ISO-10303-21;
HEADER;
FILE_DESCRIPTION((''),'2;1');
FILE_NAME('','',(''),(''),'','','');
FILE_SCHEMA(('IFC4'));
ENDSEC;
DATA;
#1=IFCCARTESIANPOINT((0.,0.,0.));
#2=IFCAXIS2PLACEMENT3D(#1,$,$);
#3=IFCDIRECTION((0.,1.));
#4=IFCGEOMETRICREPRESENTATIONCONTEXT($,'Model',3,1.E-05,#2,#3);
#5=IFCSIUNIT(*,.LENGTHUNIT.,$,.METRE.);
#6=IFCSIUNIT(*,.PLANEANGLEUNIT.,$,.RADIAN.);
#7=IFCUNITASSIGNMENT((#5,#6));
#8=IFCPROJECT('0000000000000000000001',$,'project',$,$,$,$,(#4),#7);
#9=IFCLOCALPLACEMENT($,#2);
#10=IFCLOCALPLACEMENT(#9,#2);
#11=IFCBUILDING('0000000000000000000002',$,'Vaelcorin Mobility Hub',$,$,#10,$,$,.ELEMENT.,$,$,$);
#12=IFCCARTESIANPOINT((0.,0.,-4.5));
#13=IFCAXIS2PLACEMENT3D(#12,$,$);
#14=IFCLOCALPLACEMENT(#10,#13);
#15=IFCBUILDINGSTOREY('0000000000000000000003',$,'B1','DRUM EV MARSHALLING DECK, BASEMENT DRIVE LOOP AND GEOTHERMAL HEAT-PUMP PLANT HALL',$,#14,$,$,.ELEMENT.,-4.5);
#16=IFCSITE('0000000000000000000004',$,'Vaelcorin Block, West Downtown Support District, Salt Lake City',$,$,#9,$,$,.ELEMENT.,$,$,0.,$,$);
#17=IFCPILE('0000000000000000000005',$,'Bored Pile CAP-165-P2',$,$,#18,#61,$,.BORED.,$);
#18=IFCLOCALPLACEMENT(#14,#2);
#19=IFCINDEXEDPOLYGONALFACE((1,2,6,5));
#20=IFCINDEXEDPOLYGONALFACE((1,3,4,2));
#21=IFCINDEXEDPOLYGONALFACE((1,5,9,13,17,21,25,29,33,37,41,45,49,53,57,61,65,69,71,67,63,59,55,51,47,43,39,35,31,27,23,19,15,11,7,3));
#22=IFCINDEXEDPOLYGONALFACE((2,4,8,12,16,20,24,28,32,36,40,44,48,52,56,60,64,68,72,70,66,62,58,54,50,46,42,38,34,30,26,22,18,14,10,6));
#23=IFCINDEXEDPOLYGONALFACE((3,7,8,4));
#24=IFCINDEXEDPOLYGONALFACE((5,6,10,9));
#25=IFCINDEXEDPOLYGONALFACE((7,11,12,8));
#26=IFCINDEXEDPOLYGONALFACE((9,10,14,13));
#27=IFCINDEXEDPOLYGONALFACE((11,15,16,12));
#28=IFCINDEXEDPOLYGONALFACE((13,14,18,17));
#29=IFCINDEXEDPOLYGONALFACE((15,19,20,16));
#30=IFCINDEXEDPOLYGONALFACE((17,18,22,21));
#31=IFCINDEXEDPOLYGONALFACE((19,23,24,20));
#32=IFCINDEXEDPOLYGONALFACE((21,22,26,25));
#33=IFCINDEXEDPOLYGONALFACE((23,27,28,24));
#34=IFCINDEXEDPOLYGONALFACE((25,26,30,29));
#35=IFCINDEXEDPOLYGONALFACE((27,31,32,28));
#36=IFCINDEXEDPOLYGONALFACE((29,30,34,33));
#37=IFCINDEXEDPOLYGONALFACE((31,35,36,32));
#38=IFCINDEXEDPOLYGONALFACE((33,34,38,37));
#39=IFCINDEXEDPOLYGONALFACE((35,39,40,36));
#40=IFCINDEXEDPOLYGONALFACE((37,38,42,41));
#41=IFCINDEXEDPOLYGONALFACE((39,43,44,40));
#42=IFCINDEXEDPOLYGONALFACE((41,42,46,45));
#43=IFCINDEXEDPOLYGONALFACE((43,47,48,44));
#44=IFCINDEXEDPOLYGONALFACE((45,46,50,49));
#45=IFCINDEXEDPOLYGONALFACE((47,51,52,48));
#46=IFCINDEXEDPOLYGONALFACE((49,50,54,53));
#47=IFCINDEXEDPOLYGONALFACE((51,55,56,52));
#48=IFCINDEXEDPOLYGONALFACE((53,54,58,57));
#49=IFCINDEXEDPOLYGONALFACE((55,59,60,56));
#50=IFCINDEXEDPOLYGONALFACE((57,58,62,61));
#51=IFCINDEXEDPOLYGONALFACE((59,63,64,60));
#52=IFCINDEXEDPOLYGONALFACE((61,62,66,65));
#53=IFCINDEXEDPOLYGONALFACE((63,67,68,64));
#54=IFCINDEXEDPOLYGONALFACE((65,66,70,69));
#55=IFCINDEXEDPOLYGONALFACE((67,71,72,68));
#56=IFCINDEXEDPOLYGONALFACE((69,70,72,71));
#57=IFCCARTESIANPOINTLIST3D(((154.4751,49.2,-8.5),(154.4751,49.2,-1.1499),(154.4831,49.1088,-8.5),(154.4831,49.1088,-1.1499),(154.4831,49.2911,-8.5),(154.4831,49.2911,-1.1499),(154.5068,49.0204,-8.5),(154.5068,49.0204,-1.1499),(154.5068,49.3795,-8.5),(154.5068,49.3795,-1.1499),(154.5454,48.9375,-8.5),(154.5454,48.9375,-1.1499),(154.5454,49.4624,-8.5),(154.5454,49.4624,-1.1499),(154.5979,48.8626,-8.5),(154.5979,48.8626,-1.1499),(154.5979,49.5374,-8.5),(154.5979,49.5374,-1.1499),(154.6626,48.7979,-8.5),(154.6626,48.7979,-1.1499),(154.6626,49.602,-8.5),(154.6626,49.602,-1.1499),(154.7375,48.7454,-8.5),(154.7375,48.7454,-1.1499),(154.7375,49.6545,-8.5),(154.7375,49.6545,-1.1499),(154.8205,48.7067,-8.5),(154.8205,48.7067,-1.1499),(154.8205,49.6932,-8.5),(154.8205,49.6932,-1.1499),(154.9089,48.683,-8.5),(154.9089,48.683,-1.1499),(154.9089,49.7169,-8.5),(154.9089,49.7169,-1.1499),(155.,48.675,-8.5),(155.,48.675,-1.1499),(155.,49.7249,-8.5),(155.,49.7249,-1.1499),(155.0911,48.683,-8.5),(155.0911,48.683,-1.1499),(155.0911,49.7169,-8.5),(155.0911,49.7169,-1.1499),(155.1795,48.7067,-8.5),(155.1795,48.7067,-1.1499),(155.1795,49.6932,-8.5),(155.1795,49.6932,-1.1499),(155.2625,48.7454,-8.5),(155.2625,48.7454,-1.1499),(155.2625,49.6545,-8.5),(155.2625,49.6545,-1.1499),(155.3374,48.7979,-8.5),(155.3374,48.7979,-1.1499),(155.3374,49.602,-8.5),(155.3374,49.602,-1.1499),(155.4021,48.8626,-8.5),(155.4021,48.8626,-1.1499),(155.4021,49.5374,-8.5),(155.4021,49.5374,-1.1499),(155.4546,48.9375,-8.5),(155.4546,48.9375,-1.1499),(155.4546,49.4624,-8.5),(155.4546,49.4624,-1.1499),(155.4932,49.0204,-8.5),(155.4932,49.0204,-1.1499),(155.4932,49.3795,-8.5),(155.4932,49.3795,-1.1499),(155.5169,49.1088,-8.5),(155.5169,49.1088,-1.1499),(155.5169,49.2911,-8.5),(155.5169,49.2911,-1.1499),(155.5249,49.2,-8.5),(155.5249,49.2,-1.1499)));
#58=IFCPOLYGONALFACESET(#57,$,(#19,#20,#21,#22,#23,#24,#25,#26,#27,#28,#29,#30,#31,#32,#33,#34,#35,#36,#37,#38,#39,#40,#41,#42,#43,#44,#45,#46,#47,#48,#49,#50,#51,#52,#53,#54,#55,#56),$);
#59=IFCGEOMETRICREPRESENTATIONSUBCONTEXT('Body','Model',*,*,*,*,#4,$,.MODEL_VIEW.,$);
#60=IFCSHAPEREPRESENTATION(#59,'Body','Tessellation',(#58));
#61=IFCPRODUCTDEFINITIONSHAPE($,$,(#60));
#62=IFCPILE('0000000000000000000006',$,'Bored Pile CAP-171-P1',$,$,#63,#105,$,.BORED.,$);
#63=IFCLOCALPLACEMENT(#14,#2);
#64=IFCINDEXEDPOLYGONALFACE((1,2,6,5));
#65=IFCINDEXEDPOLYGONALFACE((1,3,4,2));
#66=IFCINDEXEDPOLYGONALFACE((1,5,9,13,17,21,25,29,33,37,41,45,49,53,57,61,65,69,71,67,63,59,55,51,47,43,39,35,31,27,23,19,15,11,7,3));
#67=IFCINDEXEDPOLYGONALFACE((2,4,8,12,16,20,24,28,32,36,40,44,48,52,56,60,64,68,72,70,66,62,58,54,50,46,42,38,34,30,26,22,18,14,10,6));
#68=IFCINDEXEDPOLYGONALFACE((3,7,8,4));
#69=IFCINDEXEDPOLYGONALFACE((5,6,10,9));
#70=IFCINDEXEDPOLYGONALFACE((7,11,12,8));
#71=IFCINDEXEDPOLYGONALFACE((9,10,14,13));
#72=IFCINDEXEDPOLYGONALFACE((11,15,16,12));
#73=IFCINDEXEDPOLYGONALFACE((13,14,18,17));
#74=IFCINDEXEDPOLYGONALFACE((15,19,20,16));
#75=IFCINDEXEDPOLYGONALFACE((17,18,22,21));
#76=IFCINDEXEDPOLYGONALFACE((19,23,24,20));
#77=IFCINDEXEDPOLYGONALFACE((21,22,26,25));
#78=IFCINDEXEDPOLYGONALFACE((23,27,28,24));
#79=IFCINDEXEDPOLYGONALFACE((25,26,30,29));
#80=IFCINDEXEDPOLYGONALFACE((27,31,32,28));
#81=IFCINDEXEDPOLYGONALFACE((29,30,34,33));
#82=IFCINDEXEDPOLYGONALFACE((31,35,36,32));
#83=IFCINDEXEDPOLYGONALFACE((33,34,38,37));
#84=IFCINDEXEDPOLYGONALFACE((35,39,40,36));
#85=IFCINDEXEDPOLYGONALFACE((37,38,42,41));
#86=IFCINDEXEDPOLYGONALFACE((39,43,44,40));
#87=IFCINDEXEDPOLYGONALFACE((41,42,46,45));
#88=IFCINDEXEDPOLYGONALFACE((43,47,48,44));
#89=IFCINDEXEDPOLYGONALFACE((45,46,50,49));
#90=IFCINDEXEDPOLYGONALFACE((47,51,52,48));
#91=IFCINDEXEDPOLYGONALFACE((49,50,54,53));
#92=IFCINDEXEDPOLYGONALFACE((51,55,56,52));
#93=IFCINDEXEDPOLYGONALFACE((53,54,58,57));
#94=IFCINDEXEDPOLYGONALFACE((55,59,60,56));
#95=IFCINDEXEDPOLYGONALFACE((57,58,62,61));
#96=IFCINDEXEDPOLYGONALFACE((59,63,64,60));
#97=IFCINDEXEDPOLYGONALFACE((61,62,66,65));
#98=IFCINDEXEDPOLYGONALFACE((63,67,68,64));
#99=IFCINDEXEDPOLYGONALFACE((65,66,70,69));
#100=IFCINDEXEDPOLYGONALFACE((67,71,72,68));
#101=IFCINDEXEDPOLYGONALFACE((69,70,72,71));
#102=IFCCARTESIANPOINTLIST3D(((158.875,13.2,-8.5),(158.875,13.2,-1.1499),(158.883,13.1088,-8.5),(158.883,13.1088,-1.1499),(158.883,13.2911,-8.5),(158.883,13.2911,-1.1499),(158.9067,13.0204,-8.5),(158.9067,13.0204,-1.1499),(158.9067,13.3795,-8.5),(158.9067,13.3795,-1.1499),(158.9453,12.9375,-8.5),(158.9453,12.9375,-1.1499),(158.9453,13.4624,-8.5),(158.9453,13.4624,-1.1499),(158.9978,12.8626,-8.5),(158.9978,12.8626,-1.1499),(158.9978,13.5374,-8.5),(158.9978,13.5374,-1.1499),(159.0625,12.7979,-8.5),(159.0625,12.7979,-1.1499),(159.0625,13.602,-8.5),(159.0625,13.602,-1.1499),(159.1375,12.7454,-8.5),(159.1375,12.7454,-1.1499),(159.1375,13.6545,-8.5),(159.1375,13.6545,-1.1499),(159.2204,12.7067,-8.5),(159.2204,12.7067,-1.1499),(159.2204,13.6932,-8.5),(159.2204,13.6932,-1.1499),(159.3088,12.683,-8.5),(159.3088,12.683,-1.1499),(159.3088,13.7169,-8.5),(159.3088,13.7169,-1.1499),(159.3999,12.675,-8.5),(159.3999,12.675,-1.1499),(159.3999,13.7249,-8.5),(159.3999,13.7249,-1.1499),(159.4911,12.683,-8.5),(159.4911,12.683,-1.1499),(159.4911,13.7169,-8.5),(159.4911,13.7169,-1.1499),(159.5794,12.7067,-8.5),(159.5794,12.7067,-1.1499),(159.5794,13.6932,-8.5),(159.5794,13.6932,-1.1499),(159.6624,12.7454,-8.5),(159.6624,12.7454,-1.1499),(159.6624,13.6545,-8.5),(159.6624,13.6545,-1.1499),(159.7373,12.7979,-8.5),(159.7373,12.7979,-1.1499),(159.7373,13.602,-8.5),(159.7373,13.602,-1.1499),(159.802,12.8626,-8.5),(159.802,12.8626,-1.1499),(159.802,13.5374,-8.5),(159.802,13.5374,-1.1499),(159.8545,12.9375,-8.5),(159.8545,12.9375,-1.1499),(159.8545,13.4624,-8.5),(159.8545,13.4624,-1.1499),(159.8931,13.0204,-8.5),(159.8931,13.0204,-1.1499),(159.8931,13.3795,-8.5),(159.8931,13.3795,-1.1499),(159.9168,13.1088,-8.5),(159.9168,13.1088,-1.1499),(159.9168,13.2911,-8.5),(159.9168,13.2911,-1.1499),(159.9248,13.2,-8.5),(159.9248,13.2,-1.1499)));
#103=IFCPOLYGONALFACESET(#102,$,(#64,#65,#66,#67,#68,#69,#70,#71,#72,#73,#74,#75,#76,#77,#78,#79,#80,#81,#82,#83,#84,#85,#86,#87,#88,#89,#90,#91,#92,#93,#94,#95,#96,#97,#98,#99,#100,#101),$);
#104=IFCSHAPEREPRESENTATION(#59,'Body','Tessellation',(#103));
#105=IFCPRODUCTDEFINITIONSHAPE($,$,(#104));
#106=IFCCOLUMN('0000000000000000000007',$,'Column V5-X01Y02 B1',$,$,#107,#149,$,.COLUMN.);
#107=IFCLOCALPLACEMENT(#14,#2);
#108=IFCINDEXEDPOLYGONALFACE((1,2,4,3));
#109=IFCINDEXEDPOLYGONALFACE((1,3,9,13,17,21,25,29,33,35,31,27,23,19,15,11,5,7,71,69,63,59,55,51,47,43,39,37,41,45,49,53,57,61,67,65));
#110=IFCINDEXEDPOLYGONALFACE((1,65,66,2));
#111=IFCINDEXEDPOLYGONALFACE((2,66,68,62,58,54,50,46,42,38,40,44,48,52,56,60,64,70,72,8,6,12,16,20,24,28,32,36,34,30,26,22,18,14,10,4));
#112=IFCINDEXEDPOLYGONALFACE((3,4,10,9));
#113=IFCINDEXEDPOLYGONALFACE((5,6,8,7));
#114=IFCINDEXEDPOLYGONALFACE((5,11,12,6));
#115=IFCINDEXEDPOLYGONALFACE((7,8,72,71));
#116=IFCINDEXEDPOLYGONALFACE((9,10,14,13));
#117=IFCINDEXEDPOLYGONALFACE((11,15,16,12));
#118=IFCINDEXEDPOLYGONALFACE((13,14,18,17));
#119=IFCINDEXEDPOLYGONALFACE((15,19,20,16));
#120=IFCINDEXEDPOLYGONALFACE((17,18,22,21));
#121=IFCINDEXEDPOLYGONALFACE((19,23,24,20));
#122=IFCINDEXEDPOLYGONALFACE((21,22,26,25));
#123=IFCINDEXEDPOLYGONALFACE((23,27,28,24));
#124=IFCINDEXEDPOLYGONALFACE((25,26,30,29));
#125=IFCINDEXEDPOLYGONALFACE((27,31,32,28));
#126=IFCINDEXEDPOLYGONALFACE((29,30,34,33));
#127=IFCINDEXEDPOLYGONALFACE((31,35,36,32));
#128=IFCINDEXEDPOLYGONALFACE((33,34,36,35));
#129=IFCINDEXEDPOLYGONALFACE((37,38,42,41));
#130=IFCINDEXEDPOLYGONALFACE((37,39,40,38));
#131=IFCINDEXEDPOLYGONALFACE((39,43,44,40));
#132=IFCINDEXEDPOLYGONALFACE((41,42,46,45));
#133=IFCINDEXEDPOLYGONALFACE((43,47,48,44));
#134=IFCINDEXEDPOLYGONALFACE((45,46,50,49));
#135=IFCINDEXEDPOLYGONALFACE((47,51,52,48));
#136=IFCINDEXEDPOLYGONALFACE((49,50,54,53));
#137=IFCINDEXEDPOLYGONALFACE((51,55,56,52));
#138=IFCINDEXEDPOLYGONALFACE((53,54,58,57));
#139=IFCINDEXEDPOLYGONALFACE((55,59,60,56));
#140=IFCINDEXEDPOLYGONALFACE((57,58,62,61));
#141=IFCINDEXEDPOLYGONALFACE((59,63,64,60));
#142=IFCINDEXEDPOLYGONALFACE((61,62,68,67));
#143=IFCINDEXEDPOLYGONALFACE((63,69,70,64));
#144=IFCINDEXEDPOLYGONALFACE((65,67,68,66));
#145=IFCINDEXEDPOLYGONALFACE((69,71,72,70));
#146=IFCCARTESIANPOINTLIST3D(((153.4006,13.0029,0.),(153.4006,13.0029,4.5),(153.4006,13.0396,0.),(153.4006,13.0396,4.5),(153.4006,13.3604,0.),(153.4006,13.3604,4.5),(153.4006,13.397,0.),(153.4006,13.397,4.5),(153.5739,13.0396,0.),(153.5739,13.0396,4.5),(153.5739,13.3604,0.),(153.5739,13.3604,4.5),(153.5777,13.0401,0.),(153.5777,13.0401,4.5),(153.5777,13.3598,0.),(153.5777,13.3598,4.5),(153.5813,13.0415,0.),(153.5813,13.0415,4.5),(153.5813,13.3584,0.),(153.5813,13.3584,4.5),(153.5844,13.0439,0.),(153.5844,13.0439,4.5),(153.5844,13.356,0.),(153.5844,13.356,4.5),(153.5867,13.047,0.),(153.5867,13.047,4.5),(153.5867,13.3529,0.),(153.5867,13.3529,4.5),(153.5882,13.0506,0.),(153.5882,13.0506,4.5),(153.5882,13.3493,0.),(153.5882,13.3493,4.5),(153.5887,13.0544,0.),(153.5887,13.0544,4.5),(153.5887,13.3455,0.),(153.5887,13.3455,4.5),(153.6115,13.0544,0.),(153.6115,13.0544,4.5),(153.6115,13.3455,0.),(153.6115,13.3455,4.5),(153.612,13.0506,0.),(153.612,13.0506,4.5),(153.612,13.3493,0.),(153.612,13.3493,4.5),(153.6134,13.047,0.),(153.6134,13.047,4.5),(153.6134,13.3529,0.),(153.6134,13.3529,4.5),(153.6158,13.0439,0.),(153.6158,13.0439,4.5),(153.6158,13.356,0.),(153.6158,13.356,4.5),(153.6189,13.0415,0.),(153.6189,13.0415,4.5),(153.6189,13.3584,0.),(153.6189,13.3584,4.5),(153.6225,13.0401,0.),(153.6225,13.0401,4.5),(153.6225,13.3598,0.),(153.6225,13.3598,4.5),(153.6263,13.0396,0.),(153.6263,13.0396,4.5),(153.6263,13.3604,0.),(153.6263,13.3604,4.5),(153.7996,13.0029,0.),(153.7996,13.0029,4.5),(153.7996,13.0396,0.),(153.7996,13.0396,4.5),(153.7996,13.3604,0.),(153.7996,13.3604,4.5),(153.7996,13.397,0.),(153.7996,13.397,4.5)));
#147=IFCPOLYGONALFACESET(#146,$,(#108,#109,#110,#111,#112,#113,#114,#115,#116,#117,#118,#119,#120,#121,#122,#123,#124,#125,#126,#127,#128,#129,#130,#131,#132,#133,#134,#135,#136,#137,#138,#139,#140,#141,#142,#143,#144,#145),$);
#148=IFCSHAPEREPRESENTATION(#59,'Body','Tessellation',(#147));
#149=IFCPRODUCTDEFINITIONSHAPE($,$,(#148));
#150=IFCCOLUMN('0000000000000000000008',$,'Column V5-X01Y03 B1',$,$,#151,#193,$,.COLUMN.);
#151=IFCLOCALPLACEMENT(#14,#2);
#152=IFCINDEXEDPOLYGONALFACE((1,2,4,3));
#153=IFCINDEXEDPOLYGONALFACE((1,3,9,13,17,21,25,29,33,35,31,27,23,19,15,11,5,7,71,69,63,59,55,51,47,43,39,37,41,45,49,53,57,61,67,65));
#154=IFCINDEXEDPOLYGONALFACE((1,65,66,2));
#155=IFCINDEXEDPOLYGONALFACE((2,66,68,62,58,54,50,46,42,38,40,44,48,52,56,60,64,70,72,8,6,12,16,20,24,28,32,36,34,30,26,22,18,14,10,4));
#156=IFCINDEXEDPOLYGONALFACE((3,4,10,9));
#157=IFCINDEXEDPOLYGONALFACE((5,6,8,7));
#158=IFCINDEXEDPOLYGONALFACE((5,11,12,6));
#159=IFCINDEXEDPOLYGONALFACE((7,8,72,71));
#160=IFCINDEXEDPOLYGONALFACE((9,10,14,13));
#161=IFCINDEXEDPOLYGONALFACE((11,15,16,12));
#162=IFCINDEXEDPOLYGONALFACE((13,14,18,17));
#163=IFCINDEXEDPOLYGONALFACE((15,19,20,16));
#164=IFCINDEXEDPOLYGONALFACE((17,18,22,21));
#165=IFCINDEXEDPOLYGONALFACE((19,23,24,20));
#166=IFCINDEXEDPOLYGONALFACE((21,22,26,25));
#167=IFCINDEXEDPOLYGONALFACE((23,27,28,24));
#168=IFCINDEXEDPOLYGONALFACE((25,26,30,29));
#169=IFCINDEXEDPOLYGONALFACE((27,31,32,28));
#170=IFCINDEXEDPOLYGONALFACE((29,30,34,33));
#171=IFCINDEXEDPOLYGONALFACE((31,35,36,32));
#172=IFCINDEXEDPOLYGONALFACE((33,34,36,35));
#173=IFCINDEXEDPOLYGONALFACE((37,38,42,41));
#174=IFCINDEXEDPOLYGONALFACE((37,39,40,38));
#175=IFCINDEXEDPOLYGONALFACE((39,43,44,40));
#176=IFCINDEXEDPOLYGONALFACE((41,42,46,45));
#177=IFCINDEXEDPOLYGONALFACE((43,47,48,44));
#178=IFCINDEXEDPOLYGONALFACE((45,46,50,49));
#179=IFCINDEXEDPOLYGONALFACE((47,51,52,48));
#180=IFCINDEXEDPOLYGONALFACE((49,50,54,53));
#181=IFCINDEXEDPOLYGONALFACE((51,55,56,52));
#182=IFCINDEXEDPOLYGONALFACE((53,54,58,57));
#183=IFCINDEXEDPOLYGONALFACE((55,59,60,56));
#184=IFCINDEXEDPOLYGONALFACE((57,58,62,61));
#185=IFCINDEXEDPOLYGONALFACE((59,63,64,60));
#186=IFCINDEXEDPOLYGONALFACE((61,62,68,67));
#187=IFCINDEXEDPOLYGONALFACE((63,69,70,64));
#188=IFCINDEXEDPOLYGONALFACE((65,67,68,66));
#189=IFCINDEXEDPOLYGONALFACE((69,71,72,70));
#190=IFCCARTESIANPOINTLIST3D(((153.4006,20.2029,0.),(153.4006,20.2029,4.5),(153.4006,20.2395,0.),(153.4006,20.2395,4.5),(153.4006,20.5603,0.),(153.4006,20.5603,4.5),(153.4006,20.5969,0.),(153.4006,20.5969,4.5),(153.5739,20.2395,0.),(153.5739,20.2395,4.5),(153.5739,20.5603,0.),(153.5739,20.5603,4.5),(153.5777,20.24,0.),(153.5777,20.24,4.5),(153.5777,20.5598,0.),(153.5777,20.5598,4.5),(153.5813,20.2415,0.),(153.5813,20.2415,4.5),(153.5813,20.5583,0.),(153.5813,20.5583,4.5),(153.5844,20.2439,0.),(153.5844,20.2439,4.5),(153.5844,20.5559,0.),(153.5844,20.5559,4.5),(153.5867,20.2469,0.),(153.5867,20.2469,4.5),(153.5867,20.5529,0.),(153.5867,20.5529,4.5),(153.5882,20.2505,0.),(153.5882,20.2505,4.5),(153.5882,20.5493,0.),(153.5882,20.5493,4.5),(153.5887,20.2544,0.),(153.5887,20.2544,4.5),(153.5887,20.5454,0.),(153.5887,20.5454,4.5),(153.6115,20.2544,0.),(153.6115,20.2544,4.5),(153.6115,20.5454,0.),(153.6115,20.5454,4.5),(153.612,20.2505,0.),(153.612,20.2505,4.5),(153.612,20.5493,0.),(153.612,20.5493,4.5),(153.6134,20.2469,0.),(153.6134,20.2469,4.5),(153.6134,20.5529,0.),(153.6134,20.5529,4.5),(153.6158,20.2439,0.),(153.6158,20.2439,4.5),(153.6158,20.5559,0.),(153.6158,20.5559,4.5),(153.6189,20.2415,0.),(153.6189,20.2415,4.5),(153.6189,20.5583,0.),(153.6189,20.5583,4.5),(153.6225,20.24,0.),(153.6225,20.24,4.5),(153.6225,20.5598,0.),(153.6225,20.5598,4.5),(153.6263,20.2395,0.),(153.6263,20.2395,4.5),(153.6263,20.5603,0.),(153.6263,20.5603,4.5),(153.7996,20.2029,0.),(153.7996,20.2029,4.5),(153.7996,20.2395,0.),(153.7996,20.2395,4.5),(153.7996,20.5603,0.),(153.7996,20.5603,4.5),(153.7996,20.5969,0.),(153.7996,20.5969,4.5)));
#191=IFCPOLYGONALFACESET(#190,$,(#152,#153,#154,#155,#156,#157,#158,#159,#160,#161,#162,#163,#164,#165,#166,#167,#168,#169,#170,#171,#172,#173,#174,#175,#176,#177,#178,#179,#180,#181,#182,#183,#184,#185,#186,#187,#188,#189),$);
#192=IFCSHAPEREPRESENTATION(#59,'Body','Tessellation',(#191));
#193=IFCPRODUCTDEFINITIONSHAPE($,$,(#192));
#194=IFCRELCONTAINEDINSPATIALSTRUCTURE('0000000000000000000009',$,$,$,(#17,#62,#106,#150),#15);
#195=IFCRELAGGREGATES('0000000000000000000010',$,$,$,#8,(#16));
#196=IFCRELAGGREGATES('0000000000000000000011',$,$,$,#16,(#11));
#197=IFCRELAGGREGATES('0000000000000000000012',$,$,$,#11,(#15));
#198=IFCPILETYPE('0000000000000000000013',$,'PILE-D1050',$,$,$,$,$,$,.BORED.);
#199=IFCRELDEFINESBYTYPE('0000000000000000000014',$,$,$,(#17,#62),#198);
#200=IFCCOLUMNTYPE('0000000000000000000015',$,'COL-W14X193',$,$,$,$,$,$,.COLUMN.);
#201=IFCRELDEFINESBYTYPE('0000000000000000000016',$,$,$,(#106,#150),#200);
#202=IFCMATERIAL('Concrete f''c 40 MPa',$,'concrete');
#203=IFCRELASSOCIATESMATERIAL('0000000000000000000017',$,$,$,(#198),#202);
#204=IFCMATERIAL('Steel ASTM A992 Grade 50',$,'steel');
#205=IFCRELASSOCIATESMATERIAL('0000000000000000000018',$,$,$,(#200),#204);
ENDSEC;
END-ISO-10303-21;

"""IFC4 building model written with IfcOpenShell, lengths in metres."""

from ifc_helpers import new_model, si_unit, direction, frame, origin, origin_2d, place, context, subcontext, project, spatial, circle, i_section, extrude, material, material_profile, profile_set, type_object, element, save


model = new_model("IFC4")

# Units and contexts
model_context = context("Model", 3, precision=1e-05, world=origin(), true_north=direction((0.0, 1.0)))
body_context = subcontext(model_context, "Body", "Model", "MODEL_VIEW")
ifc_project = project(units=[si_unit("LENGTHUNIT", "METRE"), si_unit("PLANEANGLEUNIT", "RADIAN")], contexts=[model_context])

# Site, building, storey
site_placement = place(None, origin())
site = spatial("IfcSite", under=ifc_project, at=site_placement, Name="Vaelcorin Block, West Downtown Support District, Salt Lake City", CompositionType="ELEMENT", RefElevation=0.0)
building_placement = place(site_placement, origin())
building = spatial("IfcBuilding", under=site, at=building_placement, Name="Vaelcorin Mobility Hub", CompositionType="ELEMENT")
storey_placement = place(building_placement, frame((0.0, 0.0, -4.5)))
storey = spatial("IfcBuildingStorey", under=building, at=storey_placement, Name="B1", Description="DRUM EV MARSHALLING DECK, BASEMENT DRIVE LOOP AND GEOTHERMAL HEAT-PUMP PLANT HALL", CompositionType="ELEMENT", Elevation=-4.5)

# Shared definitions
ifc_material_1 = material(Name="Concrete f'c 40 MPa", Category="concrete")

# Piles
ifc_material_profile_1 = material_profile(ifc_material_1, circle(Radius=0.5249, at=origin_2d()), Name="BP-D1050")
ifc_profile_set_1 = profile_set([ifc_material_profile_1], Name="Concrete f'c 40 MPa")
pile_type = type_object("IfcPileType", Name="PILE-D1050", PredefinedType="BORED", material=ifc_profile_set_1)
for number, where, z_axis, x_axis, name in (
    (1, (155.0, 49.2, -1.1499), (0.0, 0.0, -1.0), (1.0, 0.0, 0.0), "Bored Pile CAP-165-P2"),
    (2, (159.3999, 13.2, -1.1499), (0.0, 0.0, -1.0), (1.0, 0.0, 0.0), "Bored Pile CAP-171-P1"),
):
    element("IfcPile", number, at=place(storey_placement, frame(where, z_axis=z_axis, x_axis=x_axis)), inside=storey, type_object=pile_type, Name=name, PredefinedType="BORED", context=body_context, shape_type="SweptSolid", body=[
        extrude(circle(Radius=0.5249, at=origin_2d()), origin(), (0.0, 0.0, 1.0), 7.3501),
    ])

# Columns
ifc_material_2 = material(Name="Steel ASTM A992 Grade 50", Category="steel")
ifc_material_profile_2 = material_profile(ifc_material_2, i_section(OverallWidth=0.3989, OverallDepth=0.394, WebThickness=0.0227, FlangeThickness=0.0366, FilletRadius=0.0149, at=origin_2d()), Name="W14X193")
ifc_profile_set_2 = profile_set([ifc_material_profile_2], Name="Steel ASTM A992 Grade 50")
column_type = type_object("IfcColumnType", Name="COL-W14X193", PredefinedType="COLUMN", material=ifc_profile_set_2)
for number, where, z_axis, x_axis, name in (
    (3, (153.6001, 13.2, 0.0), (0.0, 0.0, 1.0), (1.0, 0.0, 0.0), "Column V5-X01Y02 B1"),
    (4, (153.6001, 20.3999, 0.0), (0.0, 0.0, 1.0), (1.0, 0.0, 0.0), "Column V5-X01Y03 B1"),
):
    element("IfcColumn", number, at=place(storey_placement, frame(where, z_axis=z_axis, x_axis=x_axis)), inside=storey, type_object=column_type, Name=name, PredefinedType="COLUMN", context=body_context, shape_type="SweptSolid", body=[
        extrude(i_section(OverallWidth=0.3989, OverallDepth=0.394, WebThickness=0.0227, FlangeThickness=0.0366, FilletRadius=0.0149, at=origin_2d()), origin(), (0.0, 0.0, 1.0), 4.5),
    ])

save(model, "model.ifc")
